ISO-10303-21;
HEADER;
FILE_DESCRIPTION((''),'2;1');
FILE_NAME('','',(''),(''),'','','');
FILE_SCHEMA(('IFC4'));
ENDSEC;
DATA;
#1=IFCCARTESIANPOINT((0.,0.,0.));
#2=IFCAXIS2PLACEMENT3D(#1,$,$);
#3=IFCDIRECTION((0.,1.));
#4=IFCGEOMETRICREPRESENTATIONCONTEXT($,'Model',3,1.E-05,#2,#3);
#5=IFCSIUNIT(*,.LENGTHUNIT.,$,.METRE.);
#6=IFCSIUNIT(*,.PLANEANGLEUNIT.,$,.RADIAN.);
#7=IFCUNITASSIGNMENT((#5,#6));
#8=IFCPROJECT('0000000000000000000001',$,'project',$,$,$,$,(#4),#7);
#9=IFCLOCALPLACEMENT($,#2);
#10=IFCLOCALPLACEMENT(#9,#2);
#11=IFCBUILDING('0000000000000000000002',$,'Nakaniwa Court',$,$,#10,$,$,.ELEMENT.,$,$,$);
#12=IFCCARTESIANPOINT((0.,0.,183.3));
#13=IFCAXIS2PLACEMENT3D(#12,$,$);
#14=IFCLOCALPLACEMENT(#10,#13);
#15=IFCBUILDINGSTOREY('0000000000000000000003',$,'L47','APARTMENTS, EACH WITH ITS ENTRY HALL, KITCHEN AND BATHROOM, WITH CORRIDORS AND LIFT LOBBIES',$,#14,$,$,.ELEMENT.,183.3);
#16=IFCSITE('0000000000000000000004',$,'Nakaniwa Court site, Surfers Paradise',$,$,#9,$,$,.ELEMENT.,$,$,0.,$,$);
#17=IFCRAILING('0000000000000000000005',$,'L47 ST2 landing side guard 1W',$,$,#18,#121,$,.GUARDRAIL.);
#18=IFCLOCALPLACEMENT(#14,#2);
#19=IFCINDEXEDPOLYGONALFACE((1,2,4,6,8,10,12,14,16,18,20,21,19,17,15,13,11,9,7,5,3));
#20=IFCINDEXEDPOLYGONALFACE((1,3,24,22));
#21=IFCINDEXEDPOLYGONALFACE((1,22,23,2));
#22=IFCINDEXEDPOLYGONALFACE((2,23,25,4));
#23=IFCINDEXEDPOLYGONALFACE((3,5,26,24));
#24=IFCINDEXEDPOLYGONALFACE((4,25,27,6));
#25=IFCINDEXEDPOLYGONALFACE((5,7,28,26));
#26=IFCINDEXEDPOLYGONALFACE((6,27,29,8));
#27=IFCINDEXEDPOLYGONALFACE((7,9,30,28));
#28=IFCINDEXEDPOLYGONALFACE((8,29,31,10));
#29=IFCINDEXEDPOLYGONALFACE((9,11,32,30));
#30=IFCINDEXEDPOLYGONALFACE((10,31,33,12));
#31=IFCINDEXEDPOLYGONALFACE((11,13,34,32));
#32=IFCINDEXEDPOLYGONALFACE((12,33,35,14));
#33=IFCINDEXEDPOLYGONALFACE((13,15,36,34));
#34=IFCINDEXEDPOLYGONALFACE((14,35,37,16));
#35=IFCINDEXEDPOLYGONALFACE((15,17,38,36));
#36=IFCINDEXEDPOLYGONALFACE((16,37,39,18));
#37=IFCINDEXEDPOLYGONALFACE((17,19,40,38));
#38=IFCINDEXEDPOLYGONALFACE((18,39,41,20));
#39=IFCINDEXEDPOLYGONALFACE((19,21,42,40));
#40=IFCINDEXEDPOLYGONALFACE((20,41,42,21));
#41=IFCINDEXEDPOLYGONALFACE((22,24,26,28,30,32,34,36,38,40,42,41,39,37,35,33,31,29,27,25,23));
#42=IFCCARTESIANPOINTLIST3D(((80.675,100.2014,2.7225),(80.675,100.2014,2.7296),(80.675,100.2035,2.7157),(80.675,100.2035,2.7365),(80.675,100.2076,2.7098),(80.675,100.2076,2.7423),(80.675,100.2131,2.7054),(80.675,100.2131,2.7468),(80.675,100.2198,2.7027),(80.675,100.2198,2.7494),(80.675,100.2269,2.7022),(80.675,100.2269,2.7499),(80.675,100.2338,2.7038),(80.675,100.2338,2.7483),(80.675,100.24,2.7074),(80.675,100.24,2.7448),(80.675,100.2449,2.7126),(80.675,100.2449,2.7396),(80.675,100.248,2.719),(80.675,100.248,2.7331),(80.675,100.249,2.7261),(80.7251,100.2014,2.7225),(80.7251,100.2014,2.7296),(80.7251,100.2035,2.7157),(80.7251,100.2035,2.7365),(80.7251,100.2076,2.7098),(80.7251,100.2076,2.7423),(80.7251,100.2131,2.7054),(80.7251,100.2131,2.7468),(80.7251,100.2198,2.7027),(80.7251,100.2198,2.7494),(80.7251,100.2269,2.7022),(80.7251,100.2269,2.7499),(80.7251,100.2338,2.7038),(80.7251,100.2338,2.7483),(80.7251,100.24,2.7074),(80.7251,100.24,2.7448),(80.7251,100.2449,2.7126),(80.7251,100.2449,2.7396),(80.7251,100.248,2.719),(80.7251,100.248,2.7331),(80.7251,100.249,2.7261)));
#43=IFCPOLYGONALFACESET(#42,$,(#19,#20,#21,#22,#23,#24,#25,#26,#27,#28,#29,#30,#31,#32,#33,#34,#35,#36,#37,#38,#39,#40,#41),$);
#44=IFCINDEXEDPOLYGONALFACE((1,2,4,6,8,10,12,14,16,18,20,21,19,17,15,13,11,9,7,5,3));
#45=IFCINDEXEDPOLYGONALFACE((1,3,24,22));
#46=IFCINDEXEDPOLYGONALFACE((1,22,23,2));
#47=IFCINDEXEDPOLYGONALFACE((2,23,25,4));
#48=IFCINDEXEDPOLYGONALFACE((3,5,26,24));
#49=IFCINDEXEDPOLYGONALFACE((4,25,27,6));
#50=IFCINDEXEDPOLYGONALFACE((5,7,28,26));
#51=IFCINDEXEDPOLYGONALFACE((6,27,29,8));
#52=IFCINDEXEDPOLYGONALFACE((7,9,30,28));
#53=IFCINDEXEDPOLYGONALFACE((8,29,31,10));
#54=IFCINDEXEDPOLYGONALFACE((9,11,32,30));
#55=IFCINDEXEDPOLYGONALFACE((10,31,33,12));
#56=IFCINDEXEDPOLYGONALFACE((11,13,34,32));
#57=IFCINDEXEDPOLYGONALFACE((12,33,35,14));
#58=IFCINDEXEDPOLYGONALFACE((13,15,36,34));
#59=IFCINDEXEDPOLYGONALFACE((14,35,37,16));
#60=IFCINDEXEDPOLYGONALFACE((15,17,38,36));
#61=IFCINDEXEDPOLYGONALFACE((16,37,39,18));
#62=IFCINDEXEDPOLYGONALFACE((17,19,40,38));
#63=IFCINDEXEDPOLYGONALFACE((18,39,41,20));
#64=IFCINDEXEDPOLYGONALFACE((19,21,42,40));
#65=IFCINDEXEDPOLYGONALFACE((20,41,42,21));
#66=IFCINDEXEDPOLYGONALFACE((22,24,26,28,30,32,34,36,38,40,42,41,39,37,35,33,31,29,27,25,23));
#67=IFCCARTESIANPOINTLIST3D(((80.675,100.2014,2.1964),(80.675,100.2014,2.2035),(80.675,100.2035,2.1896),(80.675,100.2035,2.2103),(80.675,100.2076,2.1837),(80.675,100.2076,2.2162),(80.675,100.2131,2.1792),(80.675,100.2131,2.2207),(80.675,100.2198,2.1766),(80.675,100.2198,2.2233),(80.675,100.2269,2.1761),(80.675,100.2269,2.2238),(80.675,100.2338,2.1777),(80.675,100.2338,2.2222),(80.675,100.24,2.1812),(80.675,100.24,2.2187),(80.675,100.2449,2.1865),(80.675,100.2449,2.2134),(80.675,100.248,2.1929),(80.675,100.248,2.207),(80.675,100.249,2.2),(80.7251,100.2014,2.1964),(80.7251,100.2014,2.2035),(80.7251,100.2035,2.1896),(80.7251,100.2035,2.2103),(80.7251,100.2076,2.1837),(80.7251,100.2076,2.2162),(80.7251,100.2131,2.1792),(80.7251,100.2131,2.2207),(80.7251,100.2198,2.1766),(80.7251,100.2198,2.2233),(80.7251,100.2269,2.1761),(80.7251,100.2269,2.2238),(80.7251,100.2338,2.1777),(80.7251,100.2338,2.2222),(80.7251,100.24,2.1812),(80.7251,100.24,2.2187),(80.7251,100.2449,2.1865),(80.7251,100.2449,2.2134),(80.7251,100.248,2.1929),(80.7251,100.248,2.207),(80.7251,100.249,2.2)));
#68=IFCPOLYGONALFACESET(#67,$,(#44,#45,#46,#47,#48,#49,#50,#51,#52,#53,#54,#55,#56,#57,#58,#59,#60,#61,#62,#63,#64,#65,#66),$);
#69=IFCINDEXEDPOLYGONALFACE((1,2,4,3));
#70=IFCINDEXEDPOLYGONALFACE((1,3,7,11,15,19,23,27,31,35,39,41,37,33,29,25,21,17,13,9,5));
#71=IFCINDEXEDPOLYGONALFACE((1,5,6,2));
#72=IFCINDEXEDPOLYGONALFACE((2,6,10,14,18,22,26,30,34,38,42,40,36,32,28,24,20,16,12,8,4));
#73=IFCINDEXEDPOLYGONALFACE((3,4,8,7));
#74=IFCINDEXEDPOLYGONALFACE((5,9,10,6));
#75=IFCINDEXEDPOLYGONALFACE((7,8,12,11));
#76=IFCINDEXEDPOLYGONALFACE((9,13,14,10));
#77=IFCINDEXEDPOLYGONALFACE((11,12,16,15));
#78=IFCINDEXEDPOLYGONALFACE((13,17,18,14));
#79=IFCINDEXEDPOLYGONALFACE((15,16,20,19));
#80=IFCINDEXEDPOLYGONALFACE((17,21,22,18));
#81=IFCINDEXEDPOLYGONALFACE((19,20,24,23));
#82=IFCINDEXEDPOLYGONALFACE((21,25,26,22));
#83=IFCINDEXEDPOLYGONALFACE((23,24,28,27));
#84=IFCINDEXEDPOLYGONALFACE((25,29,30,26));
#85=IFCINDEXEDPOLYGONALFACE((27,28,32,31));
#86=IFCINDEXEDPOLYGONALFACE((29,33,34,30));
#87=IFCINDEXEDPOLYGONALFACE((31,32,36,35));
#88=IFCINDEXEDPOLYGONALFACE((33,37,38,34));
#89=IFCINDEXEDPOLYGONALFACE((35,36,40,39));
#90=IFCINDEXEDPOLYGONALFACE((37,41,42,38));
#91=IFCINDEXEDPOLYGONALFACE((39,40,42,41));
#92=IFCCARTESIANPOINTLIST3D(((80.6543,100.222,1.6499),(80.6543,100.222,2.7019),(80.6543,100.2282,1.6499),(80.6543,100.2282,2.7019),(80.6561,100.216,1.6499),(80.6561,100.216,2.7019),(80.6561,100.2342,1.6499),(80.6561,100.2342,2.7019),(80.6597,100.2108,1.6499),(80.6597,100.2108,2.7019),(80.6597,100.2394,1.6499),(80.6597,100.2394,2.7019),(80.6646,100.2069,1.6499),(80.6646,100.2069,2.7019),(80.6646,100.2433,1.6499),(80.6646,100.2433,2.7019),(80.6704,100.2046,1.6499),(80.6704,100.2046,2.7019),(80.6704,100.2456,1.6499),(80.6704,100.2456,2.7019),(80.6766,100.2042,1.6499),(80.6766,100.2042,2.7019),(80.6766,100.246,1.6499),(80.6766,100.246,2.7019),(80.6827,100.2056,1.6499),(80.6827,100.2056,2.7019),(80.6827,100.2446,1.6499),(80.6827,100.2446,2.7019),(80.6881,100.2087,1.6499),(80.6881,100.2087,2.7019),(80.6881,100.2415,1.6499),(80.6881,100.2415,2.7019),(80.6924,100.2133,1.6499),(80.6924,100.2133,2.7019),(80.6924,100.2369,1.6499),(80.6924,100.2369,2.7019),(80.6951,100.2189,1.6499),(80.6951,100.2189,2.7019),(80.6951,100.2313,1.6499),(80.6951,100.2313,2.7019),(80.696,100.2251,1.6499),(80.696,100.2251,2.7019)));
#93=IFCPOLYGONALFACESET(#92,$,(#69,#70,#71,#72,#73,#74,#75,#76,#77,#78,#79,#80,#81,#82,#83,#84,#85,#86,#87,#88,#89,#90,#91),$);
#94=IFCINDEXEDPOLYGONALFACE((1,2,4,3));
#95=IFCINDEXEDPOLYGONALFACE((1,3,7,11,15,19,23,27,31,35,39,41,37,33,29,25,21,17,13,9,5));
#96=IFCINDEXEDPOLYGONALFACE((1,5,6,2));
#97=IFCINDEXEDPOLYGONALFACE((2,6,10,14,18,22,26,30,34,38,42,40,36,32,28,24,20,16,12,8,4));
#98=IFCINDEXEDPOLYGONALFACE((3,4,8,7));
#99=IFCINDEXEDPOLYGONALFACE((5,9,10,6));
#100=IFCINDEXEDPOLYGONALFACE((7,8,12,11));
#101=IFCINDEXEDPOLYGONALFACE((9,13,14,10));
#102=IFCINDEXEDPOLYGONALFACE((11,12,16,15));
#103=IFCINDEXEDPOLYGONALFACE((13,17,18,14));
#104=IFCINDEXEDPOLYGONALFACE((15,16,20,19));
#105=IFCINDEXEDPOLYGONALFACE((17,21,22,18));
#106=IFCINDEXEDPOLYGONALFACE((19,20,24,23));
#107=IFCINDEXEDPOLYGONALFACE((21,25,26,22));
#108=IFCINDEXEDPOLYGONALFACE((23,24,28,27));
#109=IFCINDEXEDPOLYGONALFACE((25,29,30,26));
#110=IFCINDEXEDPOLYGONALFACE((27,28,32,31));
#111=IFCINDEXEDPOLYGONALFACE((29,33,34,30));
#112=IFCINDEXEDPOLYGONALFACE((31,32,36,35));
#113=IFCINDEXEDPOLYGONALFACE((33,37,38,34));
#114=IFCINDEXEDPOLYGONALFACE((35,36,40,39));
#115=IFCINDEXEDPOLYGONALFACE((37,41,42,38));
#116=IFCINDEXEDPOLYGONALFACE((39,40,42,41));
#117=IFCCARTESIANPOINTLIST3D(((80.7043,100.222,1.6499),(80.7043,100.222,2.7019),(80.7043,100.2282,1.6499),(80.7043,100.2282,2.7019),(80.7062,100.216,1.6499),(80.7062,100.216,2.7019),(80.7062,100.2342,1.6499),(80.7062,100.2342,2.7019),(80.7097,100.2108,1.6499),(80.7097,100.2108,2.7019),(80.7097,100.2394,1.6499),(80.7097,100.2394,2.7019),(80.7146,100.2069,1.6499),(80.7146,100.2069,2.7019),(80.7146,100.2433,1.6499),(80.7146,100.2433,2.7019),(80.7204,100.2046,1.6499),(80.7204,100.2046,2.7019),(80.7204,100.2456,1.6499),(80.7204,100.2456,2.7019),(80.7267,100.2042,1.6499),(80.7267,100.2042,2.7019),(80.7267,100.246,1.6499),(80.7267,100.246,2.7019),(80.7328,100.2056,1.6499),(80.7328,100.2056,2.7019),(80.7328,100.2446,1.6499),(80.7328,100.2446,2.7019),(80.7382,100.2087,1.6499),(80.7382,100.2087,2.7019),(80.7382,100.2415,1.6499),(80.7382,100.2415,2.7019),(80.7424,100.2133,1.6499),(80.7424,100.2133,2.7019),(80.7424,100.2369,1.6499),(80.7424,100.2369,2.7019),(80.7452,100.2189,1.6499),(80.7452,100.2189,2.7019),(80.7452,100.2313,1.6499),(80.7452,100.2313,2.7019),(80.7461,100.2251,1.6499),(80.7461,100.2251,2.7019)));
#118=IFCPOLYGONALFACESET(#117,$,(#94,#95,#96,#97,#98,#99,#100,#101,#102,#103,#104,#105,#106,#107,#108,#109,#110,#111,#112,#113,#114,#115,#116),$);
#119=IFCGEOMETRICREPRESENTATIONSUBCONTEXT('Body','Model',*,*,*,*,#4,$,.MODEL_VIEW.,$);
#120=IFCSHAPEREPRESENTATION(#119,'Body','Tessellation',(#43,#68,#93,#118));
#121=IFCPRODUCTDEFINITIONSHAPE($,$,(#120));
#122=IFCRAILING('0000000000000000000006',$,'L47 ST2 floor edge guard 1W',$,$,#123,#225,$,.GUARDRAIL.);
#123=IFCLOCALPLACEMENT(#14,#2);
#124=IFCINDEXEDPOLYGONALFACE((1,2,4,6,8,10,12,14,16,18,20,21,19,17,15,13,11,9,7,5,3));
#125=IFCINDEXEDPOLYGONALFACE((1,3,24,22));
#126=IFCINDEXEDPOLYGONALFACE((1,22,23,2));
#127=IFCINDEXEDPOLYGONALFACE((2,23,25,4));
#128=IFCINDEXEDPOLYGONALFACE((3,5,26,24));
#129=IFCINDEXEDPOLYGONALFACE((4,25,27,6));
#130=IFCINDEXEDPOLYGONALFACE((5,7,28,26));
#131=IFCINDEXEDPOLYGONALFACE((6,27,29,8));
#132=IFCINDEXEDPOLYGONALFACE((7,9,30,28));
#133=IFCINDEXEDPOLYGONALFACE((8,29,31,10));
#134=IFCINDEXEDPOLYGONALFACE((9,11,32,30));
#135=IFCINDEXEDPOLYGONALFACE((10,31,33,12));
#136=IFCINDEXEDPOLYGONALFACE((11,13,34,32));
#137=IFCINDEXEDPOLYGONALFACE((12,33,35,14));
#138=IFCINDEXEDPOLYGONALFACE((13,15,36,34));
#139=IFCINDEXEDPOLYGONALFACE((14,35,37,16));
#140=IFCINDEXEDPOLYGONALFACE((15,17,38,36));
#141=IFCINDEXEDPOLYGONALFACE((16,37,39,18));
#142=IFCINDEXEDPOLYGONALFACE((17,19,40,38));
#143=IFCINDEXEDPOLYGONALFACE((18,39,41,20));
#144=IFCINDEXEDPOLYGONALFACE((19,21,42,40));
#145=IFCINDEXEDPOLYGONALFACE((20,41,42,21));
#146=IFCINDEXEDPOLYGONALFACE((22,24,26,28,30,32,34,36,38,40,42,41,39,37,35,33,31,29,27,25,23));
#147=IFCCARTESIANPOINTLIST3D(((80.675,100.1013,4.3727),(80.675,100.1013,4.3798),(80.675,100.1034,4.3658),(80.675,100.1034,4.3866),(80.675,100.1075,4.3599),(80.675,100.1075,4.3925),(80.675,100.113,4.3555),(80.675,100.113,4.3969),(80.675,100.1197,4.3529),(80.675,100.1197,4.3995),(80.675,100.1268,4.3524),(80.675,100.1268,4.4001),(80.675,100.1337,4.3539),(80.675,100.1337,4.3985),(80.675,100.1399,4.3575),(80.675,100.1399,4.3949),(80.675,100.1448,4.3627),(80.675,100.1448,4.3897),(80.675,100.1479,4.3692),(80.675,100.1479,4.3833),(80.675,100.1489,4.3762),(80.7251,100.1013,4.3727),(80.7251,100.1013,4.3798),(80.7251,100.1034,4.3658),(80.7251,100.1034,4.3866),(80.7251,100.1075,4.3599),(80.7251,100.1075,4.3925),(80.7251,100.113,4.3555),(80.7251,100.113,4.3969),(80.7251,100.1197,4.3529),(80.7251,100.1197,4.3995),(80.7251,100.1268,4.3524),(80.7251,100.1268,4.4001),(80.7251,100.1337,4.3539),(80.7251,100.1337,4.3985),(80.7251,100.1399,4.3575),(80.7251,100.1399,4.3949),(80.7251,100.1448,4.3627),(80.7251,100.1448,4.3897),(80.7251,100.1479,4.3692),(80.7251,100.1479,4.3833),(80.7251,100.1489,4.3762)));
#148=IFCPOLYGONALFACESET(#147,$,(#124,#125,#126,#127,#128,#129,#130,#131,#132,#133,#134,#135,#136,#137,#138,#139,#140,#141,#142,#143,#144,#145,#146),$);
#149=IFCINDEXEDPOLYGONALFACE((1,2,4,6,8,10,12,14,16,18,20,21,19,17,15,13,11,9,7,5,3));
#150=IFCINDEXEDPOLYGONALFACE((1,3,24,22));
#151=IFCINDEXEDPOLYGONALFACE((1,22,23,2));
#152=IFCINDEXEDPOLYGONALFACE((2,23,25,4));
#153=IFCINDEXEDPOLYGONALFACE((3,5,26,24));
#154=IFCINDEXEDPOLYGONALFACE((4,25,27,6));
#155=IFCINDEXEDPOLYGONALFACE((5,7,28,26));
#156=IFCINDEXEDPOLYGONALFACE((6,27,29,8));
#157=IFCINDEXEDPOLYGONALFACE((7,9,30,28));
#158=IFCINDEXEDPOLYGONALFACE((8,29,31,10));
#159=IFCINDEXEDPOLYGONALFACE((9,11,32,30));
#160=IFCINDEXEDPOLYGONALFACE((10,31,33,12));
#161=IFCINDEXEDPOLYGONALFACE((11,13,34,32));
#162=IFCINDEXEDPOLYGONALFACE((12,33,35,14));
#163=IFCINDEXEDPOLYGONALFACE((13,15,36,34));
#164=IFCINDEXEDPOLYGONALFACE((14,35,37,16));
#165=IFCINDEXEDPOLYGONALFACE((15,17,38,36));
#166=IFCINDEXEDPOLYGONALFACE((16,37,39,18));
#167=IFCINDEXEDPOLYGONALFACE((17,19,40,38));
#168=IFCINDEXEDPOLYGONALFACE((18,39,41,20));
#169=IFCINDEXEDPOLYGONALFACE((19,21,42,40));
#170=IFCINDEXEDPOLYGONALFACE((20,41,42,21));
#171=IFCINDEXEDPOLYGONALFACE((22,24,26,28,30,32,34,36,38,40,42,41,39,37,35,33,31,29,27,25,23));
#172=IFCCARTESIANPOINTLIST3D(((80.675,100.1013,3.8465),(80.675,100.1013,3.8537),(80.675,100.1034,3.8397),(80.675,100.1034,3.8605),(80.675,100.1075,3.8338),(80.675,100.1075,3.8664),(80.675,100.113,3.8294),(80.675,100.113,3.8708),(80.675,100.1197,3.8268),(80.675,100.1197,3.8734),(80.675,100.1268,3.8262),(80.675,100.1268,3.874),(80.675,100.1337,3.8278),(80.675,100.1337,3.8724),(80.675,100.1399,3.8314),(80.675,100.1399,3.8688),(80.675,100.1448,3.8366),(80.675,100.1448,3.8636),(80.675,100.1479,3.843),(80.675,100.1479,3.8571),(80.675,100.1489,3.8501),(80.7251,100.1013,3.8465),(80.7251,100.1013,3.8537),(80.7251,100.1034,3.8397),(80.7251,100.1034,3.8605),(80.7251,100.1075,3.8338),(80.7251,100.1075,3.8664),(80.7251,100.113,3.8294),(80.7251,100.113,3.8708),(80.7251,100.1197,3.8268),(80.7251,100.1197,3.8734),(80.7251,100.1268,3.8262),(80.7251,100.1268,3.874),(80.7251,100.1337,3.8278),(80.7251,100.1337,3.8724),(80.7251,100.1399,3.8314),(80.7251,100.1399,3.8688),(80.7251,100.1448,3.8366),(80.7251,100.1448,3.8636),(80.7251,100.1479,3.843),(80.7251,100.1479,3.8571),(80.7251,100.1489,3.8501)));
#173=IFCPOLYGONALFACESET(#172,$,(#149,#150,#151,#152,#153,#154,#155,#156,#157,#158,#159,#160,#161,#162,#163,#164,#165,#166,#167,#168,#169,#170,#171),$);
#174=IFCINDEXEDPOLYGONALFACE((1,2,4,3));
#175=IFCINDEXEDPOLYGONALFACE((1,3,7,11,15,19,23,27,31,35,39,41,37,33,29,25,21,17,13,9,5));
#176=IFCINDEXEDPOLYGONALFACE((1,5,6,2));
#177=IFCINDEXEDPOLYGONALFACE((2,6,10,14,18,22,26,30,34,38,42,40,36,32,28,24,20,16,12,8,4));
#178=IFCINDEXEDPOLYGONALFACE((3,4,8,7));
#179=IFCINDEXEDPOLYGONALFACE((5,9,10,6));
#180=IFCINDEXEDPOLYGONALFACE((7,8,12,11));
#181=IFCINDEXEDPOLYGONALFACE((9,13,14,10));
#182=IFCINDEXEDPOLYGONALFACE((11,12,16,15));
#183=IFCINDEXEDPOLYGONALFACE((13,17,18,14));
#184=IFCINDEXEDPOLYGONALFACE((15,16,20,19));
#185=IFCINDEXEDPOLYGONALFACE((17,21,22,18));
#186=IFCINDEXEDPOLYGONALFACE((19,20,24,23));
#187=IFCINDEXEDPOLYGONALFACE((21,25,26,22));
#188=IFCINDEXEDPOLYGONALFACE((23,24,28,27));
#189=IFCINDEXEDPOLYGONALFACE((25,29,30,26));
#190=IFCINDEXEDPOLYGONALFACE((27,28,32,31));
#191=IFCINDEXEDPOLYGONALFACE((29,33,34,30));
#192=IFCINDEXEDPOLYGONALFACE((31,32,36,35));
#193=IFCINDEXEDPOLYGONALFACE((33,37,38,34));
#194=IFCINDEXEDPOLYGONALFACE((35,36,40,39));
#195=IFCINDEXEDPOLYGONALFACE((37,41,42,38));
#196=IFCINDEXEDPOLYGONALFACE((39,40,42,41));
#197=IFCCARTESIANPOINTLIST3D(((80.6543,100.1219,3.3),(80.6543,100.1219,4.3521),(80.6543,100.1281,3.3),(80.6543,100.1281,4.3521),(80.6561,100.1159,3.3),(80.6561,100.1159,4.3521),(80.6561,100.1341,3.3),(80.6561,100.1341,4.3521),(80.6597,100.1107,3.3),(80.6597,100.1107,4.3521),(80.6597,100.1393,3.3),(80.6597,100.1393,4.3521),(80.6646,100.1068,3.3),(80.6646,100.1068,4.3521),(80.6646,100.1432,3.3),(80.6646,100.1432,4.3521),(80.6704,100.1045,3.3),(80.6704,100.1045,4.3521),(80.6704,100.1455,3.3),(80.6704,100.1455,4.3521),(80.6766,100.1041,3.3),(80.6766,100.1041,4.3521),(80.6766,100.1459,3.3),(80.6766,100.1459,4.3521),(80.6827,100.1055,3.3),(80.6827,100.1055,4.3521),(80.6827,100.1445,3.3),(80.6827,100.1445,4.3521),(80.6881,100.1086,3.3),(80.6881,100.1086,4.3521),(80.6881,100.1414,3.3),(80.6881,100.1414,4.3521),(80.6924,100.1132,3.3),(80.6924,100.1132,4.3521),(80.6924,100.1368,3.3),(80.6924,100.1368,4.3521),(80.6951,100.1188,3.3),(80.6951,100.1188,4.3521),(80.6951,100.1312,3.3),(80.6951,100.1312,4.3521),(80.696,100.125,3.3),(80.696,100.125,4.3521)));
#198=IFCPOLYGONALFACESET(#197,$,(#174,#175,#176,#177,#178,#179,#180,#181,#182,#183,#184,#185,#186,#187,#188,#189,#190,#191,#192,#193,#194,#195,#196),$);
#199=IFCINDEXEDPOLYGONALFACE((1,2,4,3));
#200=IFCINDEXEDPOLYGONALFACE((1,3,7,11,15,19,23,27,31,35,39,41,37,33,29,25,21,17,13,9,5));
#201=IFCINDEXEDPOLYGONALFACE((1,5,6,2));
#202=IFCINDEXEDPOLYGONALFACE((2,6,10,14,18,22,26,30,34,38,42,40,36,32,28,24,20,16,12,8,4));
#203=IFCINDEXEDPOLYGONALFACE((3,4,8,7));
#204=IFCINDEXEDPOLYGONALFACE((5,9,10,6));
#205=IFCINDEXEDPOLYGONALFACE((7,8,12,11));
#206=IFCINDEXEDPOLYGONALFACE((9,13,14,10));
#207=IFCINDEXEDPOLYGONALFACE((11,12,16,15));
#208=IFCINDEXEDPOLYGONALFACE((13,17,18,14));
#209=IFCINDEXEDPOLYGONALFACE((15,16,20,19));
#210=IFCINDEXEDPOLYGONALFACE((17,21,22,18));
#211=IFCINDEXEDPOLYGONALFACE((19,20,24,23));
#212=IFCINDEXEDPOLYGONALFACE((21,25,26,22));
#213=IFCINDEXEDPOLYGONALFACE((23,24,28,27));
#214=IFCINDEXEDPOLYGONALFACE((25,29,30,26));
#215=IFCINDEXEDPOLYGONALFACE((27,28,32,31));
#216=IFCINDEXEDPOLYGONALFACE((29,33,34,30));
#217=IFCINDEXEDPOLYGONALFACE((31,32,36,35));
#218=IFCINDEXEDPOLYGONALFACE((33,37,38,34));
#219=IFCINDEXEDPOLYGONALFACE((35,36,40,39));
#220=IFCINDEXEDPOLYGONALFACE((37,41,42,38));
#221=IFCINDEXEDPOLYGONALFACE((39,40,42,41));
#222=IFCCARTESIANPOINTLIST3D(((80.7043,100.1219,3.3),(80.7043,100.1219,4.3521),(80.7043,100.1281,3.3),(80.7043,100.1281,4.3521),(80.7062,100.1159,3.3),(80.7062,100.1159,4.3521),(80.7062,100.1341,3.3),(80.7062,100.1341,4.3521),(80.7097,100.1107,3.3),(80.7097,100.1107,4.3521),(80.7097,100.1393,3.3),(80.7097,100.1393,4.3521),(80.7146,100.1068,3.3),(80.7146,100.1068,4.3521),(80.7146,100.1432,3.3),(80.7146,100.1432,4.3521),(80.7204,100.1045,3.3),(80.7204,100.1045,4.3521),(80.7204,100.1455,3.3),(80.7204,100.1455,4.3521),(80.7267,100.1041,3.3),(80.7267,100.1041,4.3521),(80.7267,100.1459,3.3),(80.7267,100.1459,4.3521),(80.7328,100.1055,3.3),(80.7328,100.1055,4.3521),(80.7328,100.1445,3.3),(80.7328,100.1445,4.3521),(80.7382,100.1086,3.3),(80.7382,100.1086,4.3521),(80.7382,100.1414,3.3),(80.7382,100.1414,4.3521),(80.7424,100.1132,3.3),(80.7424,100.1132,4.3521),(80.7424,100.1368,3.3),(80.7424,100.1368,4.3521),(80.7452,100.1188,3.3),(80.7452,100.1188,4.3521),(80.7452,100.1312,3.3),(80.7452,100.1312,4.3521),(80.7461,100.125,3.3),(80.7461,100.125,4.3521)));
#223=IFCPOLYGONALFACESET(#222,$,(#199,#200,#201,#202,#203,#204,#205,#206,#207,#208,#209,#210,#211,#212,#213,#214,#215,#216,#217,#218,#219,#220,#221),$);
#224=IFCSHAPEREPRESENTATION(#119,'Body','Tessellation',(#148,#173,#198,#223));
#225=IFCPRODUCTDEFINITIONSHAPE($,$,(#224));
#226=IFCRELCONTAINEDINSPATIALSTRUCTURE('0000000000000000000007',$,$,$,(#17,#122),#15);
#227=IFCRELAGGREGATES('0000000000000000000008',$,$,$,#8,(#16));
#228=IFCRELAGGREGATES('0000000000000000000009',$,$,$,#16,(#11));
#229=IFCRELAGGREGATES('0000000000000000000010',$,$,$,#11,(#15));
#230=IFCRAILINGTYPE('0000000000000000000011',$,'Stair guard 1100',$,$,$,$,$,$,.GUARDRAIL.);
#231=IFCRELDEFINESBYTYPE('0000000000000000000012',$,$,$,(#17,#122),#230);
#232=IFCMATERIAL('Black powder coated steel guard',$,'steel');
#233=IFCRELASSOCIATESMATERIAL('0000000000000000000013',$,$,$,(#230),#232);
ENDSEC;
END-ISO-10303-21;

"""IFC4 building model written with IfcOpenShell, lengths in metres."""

from ifc_helpers import new_model, si_unit, direction, frame, origin, origin_2d, place, context, subcontext, project, spatial, circle, extrude, material, type_object, element, save


model = new_model("IFC4")

# Units and contexts
model_context = context("Model", 3, precision=1e-05, world=origin(), true_north=direction((0.0, 1.0)))
body_context = subcontext(model_context, "Body", "Model", "MODEL_VIEW")
ifc_project = project(units=[si_unit("LENGTHUNIT", "METRE"), si_unit("PLANEANGLEUNIT", "RADIAN")], contexts=[model_context])

# Site, building, storey
site_placement = place(None, origin())
site = spatial("IfcSite", under=ifc_project, at=site_placement, Name="Nakaniwa Court site, Surfers Paradise", CompositionType="ELEMENT", RefElevation=0.0)
building_placement = place(site_placement, origin())
building = spatial("IfcBuilding", under=site, at=building_placement, Name="Nakaniwa Court", CompositionType="ELEMENT")
storey_placement = place(building_placement, frame((0.0, 0.0, 183.3)))
storey = spatial("IfcBuildingStorey", under=building, at=storey_placement, Name="L47", Description="APARTMENTS, EACH WITH ITS ENTRY HALL, KITCHEN AND BATHROOM, WITH CORRIDORS AND LIFT LOBBIES", CompositionType="ELEMENT", Elevation=183.3)

# Railings
ifc_material_1 = material(Name="Black powder coated steel guard", Category="steel")
railing_type_1 = type_object("IfcRailingType", Name="Stair guard 1100", PredefinedType="GUARDRAIL", material=ifc_material_1)
for number, where, name in (
    (1, (80.675, 100.2251, 1.6499), "L47 ST2 landing side guard 1W"),
    (2, (80.675, 100.125, 3.3), "L47 ST2 floor edge guard 1W"),
):
    element("IfcRailing", number, at=place(storey_placement, frame(where)), inside=storey, type_object=railing_type_1, Name=name, PredefinedType="GUARDRAIL", context=body_context, shape_type="SweptSolid", body=[
        extrude(circle(Radius=0.0239, at=origin_2d()), frame((0.0, 0.0, 1.0762), z_axis=(1.0, 0.0, 0.0), x_axis=(0.0, 1.0, 0.0)), (0.0, 0.0, 1.0), 0.05),
        extrude(circle(Radius=0.0239, at=origin_2d()), frame((0.0, 0.0, 0.55), z_axis=(1.0, 0.0, 0.0), x_axis=(0.0, 1.0, 0.0)), (0.0, 0.0, 1.0), 0.05),
        extrude(circle(Radius=0.021, at=origin_2d()), origin(), (0.0, 0.0, 1.0), 1.052),
        extrude(circle(Radius=0.021, at=origin_2d()), frame((0.05, 0.0, 0.0)), (0.0, 0.0, 1.0), 1.052),
    ])

save(model, "model.ifc")
